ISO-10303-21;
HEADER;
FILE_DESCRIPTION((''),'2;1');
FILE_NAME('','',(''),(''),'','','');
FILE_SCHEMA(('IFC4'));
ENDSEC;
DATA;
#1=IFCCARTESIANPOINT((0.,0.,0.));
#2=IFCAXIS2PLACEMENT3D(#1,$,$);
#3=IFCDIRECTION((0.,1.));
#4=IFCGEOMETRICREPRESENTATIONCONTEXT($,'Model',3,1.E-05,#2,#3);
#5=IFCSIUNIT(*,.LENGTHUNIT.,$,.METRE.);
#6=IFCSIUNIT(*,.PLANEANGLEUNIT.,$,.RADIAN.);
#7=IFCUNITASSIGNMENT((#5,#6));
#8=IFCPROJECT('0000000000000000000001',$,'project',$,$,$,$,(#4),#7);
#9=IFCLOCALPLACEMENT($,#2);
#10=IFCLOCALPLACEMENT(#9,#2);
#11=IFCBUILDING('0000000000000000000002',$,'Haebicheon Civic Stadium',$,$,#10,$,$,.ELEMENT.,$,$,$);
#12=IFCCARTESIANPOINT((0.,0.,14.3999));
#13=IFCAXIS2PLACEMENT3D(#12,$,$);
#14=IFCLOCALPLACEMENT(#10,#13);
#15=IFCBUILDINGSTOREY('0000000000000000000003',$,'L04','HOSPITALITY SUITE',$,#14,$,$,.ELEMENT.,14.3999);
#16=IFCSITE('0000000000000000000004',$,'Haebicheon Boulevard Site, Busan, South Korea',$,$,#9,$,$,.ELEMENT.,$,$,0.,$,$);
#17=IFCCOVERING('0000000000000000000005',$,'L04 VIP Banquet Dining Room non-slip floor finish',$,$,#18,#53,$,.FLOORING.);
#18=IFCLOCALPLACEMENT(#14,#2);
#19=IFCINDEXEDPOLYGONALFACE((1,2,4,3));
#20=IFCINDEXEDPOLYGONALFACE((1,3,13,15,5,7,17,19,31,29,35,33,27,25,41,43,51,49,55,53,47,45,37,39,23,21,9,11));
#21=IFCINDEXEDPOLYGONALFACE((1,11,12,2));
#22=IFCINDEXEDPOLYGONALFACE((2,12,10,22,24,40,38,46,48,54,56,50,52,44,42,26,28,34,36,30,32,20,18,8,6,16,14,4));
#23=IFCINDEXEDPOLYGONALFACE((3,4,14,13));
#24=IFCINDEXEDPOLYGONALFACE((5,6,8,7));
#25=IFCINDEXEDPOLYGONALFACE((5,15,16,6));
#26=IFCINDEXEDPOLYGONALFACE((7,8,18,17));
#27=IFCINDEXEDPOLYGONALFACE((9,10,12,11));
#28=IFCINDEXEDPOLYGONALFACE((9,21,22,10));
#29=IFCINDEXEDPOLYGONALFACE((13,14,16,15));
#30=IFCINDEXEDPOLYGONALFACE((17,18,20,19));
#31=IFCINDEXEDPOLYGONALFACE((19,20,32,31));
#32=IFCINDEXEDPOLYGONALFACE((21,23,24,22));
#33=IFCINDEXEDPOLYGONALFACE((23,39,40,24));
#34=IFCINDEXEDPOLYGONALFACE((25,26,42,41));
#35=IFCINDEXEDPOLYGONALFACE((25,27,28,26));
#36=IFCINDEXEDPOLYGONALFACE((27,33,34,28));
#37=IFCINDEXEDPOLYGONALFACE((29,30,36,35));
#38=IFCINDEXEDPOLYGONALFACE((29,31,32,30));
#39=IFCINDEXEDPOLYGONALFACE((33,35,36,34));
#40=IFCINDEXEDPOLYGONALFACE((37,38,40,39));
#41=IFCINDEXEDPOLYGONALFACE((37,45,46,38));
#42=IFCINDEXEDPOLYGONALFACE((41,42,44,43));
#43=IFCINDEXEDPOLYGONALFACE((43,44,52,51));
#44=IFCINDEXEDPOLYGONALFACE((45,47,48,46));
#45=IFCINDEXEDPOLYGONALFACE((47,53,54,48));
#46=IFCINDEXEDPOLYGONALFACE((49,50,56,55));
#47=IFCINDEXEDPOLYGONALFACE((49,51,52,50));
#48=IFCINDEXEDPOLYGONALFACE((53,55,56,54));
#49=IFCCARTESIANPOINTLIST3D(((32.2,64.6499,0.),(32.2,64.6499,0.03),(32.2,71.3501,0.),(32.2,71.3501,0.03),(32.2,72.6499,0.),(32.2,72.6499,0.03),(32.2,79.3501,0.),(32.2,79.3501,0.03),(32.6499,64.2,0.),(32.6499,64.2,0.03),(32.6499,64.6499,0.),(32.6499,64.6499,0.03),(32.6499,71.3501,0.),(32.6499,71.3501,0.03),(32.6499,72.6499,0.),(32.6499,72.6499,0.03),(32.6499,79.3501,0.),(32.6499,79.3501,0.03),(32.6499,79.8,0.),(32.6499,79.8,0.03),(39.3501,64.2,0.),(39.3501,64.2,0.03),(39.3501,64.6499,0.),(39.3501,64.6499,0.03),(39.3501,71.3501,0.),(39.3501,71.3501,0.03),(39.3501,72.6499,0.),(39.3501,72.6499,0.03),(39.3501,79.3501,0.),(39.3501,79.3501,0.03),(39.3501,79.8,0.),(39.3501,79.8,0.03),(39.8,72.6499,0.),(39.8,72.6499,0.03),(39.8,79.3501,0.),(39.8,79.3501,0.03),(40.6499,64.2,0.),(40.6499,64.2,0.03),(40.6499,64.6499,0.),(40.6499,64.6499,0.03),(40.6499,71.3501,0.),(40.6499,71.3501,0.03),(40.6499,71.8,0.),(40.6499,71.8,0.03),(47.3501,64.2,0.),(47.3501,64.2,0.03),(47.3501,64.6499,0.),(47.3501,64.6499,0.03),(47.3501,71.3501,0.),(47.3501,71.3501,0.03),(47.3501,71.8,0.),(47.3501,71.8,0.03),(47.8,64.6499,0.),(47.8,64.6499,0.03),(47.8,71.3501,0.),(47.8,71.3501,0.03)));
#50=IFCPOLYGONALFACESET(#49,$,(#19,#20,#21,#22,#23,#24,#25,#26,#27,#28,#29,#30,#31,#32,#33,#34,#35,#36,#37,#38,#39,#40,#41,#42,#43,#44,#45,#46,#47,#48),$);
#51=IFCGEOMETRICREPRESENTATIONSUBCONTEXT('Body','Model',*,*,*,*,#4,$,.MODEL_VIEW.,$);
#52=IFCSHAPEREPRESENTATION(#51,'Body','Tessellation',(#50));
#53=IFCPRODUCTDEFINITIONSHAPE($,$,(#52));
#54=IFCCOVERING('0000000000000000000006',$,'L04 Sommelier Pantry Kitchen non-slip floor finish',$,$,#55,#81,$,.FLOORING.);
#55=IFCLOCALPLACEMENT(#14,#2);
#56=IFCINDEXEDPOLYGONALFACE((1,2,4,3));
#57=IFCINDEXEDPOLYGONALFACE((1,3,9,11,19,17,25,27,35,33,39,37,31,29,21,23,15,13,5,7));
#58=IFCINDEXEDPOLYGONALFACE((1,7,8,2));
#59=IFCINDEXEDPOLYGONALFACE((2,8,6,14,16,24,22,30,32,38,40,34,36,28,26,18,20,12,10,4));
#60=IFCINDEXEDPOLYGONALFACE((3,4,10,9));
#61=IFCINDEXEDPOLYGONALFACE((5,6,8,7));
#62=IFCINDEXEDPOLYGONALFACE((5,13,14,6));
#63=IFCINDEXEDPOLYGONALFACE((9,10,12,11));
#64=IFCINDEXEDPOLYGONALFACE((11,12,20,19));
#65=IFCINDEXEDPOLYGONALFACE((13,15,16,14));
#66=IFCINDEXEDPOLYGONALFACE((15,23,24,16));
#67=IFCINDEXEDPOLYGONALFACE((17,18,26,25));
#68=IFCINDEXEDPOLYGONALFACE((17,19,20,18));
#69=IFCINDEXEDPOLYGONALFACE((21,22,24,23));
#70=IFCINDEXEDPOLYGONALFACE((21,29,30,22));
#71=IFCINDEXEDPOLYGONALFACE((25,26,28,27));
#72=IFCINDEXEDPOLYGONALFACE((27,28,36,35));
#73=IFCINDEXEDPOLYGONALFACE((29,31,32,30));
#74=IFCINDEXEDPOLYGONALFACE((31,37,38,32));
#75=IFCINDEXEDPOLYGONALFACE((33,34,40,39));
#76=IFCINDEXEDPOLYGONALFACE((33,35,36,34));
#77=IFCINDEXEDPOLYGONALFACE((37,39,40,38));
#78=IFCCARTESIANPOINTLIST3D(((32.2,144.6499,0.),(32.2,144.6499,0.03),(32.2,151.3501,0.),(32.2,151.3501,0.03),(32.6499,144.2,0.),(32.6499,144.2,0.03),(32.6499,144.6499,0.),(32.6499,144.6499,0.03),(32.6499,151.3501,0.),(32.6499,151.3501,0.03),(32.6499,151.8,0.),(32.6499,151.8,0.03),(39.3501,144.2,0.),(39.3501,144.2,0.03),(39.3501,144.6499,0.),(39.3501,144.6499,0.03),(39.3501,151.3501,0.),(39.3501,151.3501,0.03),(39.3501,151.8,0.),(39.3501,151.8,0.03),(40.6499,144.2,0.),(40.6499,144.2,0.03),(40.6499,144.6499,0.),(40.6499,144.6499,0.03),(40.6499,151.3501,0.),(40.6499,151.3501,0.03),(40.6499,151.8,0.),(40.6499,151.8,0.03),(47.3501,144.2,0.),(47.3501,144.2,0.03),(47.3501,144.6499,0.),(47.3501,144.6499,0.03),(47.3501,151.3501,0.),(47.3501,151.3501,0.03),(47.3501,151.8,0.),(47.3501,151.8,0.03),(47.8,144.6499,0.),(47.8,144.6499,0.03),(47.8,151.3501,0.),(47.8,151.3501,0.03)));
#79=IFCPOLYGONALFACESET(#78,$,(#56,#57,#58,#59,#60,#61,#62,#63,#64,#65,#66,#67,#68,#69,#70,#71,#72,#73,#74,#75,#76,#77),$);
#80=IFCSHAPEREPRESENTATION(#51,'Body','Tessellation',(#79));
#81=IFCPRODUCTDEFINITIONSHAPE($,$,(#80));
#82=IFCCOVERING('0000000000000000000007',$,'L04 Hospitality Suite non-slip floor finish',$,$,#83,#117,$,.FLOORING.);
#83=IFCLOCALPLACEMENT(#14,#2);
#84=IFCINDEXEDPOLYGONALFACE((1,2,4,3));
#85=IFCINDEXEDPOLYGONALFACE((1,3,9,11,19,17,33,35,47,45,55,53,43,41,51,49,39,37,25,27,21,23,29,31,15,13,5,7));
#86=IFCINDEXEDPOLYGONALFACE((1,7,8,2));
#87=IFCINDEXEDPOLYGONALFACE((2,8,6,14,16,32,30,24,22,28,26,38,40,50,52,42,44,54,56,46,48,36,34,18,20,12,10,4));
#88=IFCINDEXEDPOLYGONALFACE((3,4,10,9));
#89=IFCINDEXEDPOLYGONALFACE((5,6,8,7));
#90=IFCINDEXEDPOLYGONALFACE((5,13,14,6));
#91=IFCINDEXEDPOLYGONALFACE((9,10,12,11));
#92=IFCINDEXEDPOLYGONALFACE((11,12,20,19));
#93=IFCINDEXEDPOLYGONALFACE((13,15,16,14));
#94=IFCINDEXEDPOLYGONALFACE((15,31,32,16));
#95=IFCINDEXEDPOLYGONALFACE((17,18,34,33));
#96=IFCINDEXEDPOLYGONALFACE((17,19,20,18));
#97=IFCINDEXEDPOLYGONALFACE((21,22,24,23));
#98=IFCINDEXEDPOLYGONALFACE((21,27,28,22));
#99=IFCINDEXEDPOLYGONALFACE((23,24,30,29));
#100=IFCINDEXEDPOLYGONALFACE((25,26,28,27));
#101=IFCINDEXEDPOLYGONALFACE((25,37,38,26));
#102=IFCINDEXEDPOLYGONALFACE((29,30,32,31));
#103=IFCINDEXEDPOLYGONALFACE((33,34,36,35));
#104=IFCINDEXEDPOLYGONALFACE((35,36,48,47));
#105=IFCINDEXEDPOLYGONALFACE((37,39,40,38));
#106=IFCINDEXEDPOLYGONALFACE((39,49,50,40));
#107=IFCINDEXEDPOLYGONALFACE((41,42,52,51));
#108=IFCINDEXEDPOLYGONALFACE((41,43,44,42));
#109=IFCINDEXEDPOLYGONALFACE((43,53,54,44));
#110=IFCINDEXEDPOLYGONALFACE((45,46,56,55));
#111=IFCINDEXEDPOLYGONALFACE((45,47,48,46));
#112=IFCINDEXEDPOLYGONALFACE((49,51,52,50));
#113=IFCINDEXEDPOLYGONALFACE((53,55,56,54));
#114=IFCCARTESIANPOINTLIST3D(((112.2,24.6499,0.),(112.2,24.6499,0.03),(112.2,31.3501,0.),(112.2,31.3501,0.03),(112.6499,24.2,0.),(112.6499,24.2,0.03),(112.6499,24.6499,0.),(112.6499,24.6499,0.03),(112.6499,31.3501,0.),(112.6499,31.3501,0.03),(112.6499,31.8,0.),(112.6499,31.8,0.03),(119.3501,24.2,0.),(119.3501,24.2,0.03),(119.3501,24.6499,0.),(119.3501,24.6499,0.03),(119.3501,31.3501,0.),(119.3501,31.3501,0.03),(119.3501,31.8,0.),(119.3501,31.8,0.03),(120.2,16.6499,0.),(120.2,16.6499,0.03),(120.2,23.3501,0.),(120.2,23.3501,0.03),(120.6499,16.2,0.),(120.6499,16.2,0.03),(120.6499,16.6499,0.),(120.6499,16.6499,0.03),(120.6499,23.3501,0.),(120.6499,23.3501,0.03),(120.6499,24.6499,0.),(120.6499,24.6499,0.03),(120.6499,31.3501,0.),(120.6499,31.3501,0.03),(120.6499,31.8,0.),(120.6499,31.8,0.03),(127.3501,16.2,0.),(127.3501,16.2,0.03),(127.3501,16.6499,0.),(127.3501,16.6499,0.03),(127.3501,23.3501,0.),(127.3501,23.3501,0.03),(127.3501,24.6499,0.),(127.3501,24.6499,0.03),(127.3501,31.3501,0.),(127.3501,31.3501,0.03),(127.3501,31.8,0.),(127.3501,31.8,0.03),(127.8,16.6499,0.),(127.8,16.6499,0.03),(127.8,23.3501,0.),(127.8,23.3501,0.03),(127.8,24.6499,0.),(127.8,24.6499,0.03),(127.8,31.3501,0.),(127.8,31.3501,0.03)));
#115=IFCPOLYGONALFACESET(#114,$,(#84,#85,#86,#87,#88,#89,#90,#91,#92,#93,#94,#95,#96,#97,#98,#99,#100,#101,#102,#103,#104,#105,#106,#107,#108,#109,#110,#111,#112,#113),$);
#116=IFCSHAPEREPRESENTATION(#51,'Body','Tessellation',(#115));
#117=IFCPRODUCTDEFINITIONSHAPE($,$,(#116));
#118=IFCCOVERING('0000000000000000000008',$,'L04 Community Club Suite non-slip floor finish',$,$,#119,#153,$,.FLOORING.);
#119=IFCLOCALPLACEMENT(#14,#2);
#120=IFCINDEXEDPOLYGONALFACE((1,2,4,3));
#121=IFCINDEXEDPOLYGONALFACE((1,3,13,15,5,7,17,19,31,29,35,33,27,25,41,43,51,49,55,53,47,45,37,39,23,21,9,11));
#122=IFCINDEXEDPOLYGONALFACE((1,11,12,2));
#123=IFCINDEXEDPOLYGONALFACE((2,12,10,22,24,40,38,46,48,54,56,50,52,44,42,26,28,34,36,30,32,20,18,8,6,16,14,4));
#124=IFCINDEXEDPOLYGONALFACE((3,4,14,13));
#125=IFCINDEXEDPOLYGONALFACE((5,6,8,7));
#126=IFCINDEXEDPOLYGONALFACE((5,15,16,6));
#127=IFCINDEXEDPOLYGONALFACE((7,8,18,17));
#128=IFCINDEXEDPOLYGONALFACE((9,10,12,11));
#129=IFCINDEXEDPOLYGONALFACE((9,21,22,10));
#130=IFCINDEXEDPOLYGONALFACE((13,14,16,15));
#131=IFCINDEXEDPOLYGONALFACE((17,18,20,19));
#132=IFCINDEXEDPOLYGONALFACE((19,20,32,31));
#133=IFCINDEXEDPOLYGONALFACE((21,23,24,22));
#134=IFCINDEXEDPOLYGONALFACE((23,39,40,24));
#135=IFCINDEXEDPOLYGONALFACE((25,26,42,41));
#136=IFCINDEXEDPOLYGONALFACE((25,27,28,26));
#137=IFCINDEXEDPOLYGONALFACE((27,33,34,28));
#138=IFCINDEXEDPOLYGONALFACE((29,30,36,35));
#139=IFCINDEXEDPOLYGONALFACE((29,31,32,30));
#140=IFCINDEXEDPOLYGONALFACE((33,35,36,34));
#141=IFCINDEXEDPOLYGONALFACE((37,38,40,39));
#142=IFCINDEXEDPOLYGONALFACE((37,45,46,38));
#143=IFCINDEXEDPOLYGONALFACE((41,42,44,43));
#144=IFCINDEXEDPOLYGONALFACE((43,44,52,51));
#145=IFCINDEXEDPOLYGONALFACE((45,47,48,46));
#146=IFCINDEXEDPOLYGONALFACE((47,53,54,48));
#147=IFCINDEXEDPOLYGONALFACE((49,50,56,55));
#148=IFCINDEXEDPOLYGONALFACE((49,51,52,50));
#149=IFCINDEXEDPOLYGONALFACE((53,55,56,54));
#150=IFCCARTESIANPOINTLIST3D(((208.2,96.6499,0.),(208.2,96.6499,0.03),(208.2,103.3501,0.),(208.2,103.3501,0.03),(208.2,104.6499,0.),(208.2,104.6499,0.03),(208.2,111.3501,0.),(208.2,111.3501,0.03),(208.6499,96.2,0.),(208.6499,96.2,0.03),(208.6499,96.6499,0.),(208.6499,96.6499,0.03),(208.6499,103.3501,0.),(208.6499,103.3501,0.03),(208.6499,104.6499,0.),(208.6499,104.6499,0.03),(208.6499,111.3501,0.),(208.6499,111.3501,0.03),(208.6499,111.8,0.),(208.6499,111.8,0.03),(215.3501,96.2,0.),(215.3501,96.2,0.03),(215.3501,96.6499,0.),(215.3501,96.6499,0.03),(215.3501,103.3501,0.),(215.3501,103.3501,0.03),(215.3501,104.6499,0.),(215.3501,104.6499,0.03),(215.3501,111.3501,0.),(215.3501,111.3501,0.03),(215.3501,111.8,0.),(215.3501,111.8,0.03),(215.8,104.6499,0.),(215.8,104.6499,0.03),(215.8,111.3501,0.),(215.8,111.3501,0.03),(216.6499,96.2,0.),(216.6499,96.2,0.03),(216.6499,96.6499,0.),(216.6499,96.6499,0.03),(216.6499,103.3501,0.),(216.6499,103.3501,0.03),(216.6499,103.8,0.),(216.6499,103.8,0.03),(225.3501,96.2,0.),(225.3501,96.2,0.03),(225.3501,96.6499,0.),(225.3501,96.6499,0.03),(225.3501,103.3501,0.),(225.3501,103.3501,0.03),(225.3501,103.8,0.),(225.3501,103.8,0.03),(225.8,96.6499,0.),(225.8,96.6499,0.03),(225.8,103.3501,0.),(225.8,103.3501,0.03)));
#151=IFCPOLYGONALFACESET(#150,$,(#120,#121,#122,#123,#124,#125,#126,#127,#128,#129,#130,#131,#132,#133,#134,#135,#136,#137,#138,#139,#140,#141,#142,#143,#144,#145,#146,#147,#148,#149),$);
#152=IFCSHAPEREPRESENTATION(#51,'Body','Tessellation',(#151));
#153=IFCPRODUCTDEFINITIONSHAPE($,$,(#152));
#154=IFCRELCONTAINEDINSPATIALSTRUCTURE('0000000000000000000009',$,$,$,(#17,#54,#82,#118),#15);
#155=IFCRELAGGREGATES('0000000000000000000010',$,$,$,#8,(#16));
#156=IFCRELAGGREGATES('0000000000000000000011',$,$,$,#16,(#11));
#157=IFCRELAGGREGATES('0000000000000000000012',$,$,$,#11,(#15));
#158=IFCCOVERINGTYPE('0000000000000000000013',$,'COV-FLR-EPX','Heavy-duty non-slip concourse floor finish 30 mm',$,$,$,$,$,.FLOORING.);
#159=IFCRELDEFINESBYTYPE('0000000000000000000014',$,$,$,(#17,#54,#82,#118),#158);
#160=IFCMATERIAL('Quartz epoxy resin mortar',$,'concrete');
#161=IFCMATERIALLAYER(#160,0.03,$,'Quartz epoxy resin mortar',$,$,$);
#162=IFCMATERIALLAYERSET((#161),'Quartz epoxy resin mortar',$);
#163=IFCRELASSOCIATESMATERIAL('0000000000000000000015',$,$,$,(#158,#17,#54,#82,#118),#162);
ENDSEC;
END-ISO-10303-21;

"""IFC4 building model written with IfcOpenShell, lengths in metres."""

from ifc_helpers import new_model, si_unit, direction, frame, origin, place, context, subcontext, project, spatial, polyline, outline, extrude, material, layer, layer_set, type_object, element, save


model = new_model("IFC4")

# Units and contexts
model_context = context("Model", 3, precision=1e-05, world=origin(), true_north=direction((0.0, 1.0)))
body_context = subcontext(model_context, "Body", "Model", "MODEL_VIEW")
ifc_project = project(units=[si_unit("LENGTHUNIT", "METRE"), si_unit("PLANEANGLEUNIT", "RADIAN")], contexts=[model_context])

# Site, building, storey
site_placement = place(None, origin())
site = spatial("IfcSite", under=ifc_project, at=site_placement, Name="Haebicheon Boulevard Site, Busan, South Korea", CompositionType="ELEMENT", RefElevation=0.0)
building_placement = place(site_placement, origin())
building = spatial("IfcBuilding", under=site, at=building_placement, Name="Haebicheon Civic Stadium", CompositionType="ELEMENT")
storey_placement = place(building_placement, frame((0.0, 0.0, 14.3999)))
storey = spatial("IfcBuildingStorey", under=building, at=storey_placement, Name="L04", Description="HOSPITALITY SUITE", CompositionType="ELEMENT", Elevation=14.3999)

# Coverings
ifc_material_1 = material(Name="Quartz epoxy resin mortar", Category="concrete")
ifc_layer_1 = layer(ifc_material_1, 0.03, Name="Quartz epoxy resin mortar")
ifc_layer_set_1 = layer_set([ifc_layer_1], Name="Quartz epoxy resin mortar")
covering_type_1 = type_object("IfcCoveringType", Name="COV-FLR-EPX", Description="Heavy-duty non-slip concourse floor finish 30 mm", PredefinedType="FLOORING", material=ifc_layer_set_1)
covering_1_placement = place(storey_placement, origin())
element("IfcCovering", 1, at=covering_1_placement, inside=storey, type_object=covering_type_1, material=ifc_layer_set_1, Name="L04 VIP Banquet Dining Room non-slip floor finish", PredefinedType="FLOORING", context=body_context, shape_type="SweptSolid", body=[
    extrude(outline(polyline([(32.2, 71.3501), (32.6499, 71.3501), (32.6499, 72.6499), (32.2, 72.6499), (32.2, 79.3501), (32.6499, 79.3501), (32.6499, 79.8), (39.3501, 79.8), (39.3501, 79.3501), (39.8, 79.3501), (39.8, 72.6499), (39.3501, 72.6499), (39.3501, 71.3501), (40.6499, 71.3501), (40.6499, 71.8), (47.3501, 71.8), (47.3501, 71.3501), (47.8, 71.3501), (47.8, 64.6499), (47.3501, 64.6499), (47.3501, 64.2), (40.6499, 64.2), (40.6499, 64.6499), (39.3501, 64.6499), (39.3501, 64.2), (32.6499, 64.2), (32.6499, 64.6499), (32.2, 64.6499), (32.2, 71.3501)])), origin(), (0.0, 0.0, 1.0), 0.03),
])
covering_2_placement = place(storey_placement, origin())
element("IfcCovering", 2, at=covering_2_placement, inside=storey, type_object=covering_type_1, material=ifc_layer_set_1, Name="L04 Sommelier Pantry Kitchen non-slip floor finish", PredefinedType="FLOORING", context=body_context, shape_type="SweptSolid", body=[
    extrude(outline(polyline([(32.2, 151.3501), (32.6499, 151.3501), (32.6499, 151.8), (39.3501, 151.8), (39.3501, 151.3501), (40.6499, 151.3501), (40.6499, 151.8), (47.3501, 151.8), (47.3501, 151.3501), (47.8, 151.3501), (47.8, 144.6499), (47.3501, 144.6499), (47.3501, 144.2), (40.6499, 144.2), (40.6499, 144.6499), (39.3501, 144.6499), (39.3501, 144.2), (32.6499, 144.2), (32.6499, 144.6499), (32.2, 144.6499), (32.2, 151.3501)])), origin(), (0.0, 0.0, 1.0), 0.03),
])
covering_3_placement = place(storey_placement, origin())
element("IfcCovering", 3, at=covering_3_placement, inside=storey, type_object=covering_type_1, material=ifc_layer_set_1, Name="L04 Hospitality Suite non-slip floor finish", PredefinedType="FLOORING", context=body_context, shape_type="SweptSolid", body=[
    extrude(outline(polyline([(120.6499, 16.2), (120.6499, 16.6499), (120.2, 16.6499), (120.2, 23.3501), (120.6499, 23.3501), (120.6499, 24.6499), (119.3501, 24.6499), (119.3501, 24.2), (112.6499, 24.2), (112.6499, 24.6499), (112.2, 24.6499), (112.2, 31.3501), (112.6499, 31.3501), (112.6499, 31.8), (119.3501, 31.8), (119.3501, 31.3501), (120.6499, 31.3501), (120.6499, 31.8), (127.3501, 31.8), (127.3501, 31.3501), (127.8, 31.3501), (127.8, 24.6499), (127.3501, 24.6499), (127.3501, 23.3501), (127.8, 23.3501), (127.8, 16.6499), (127.3501, 16.6499), (127.3501, 16.2), (120.6499, 16.2)])), origin(), (0.0, 0.0, 1.0), 0.03),
])
covering_4_placement = place(storey_placement, origin())
element("IfcCovering", 4, at=covering_4_placement, inside=storey, type_object=covering_type_1, material=ifc_layer_set_1, Name="L04 Community Club Suite non-slip floor finish", PredefinedType="FLOORING", context=body_context, shape_type="SweptSolid", body=[
    extrude(outline(polyline([(208.2, 103.3501), (208.6499, 103.3501), (208.6499, 104.6499), (208.2, 104.6499), (208.2, 111.3501), (208.6499, 111.3501), (208.6499, 111.8), (215.3501, 111.8), (215.3501, 111.3501), (215.8, 111.3501), (215.8, 104.6499), (215.3501, 104.6499), (215.3501, 103.3501), (216.6499, 103.3501), (216.6499, 103.8), (225.3501, 103.8), (225.3501, 103.3501), (225.8, 103.3501), (225.8, 96.6499), (225.3501, 96.6499), (225.3501, 96.2), (216.6499, 96.2), (216.6499, 96.6499), (215.3501, 96.6499), (215.3501, 96.2), (208.6499, 96.2), (208.6499, 96.6499), (208.2, 96.6499), (208.2, 103.3501)])), origin(), (0.0, 0.0, 1.0), 0.03),
])

save(model, "model.ifc")
